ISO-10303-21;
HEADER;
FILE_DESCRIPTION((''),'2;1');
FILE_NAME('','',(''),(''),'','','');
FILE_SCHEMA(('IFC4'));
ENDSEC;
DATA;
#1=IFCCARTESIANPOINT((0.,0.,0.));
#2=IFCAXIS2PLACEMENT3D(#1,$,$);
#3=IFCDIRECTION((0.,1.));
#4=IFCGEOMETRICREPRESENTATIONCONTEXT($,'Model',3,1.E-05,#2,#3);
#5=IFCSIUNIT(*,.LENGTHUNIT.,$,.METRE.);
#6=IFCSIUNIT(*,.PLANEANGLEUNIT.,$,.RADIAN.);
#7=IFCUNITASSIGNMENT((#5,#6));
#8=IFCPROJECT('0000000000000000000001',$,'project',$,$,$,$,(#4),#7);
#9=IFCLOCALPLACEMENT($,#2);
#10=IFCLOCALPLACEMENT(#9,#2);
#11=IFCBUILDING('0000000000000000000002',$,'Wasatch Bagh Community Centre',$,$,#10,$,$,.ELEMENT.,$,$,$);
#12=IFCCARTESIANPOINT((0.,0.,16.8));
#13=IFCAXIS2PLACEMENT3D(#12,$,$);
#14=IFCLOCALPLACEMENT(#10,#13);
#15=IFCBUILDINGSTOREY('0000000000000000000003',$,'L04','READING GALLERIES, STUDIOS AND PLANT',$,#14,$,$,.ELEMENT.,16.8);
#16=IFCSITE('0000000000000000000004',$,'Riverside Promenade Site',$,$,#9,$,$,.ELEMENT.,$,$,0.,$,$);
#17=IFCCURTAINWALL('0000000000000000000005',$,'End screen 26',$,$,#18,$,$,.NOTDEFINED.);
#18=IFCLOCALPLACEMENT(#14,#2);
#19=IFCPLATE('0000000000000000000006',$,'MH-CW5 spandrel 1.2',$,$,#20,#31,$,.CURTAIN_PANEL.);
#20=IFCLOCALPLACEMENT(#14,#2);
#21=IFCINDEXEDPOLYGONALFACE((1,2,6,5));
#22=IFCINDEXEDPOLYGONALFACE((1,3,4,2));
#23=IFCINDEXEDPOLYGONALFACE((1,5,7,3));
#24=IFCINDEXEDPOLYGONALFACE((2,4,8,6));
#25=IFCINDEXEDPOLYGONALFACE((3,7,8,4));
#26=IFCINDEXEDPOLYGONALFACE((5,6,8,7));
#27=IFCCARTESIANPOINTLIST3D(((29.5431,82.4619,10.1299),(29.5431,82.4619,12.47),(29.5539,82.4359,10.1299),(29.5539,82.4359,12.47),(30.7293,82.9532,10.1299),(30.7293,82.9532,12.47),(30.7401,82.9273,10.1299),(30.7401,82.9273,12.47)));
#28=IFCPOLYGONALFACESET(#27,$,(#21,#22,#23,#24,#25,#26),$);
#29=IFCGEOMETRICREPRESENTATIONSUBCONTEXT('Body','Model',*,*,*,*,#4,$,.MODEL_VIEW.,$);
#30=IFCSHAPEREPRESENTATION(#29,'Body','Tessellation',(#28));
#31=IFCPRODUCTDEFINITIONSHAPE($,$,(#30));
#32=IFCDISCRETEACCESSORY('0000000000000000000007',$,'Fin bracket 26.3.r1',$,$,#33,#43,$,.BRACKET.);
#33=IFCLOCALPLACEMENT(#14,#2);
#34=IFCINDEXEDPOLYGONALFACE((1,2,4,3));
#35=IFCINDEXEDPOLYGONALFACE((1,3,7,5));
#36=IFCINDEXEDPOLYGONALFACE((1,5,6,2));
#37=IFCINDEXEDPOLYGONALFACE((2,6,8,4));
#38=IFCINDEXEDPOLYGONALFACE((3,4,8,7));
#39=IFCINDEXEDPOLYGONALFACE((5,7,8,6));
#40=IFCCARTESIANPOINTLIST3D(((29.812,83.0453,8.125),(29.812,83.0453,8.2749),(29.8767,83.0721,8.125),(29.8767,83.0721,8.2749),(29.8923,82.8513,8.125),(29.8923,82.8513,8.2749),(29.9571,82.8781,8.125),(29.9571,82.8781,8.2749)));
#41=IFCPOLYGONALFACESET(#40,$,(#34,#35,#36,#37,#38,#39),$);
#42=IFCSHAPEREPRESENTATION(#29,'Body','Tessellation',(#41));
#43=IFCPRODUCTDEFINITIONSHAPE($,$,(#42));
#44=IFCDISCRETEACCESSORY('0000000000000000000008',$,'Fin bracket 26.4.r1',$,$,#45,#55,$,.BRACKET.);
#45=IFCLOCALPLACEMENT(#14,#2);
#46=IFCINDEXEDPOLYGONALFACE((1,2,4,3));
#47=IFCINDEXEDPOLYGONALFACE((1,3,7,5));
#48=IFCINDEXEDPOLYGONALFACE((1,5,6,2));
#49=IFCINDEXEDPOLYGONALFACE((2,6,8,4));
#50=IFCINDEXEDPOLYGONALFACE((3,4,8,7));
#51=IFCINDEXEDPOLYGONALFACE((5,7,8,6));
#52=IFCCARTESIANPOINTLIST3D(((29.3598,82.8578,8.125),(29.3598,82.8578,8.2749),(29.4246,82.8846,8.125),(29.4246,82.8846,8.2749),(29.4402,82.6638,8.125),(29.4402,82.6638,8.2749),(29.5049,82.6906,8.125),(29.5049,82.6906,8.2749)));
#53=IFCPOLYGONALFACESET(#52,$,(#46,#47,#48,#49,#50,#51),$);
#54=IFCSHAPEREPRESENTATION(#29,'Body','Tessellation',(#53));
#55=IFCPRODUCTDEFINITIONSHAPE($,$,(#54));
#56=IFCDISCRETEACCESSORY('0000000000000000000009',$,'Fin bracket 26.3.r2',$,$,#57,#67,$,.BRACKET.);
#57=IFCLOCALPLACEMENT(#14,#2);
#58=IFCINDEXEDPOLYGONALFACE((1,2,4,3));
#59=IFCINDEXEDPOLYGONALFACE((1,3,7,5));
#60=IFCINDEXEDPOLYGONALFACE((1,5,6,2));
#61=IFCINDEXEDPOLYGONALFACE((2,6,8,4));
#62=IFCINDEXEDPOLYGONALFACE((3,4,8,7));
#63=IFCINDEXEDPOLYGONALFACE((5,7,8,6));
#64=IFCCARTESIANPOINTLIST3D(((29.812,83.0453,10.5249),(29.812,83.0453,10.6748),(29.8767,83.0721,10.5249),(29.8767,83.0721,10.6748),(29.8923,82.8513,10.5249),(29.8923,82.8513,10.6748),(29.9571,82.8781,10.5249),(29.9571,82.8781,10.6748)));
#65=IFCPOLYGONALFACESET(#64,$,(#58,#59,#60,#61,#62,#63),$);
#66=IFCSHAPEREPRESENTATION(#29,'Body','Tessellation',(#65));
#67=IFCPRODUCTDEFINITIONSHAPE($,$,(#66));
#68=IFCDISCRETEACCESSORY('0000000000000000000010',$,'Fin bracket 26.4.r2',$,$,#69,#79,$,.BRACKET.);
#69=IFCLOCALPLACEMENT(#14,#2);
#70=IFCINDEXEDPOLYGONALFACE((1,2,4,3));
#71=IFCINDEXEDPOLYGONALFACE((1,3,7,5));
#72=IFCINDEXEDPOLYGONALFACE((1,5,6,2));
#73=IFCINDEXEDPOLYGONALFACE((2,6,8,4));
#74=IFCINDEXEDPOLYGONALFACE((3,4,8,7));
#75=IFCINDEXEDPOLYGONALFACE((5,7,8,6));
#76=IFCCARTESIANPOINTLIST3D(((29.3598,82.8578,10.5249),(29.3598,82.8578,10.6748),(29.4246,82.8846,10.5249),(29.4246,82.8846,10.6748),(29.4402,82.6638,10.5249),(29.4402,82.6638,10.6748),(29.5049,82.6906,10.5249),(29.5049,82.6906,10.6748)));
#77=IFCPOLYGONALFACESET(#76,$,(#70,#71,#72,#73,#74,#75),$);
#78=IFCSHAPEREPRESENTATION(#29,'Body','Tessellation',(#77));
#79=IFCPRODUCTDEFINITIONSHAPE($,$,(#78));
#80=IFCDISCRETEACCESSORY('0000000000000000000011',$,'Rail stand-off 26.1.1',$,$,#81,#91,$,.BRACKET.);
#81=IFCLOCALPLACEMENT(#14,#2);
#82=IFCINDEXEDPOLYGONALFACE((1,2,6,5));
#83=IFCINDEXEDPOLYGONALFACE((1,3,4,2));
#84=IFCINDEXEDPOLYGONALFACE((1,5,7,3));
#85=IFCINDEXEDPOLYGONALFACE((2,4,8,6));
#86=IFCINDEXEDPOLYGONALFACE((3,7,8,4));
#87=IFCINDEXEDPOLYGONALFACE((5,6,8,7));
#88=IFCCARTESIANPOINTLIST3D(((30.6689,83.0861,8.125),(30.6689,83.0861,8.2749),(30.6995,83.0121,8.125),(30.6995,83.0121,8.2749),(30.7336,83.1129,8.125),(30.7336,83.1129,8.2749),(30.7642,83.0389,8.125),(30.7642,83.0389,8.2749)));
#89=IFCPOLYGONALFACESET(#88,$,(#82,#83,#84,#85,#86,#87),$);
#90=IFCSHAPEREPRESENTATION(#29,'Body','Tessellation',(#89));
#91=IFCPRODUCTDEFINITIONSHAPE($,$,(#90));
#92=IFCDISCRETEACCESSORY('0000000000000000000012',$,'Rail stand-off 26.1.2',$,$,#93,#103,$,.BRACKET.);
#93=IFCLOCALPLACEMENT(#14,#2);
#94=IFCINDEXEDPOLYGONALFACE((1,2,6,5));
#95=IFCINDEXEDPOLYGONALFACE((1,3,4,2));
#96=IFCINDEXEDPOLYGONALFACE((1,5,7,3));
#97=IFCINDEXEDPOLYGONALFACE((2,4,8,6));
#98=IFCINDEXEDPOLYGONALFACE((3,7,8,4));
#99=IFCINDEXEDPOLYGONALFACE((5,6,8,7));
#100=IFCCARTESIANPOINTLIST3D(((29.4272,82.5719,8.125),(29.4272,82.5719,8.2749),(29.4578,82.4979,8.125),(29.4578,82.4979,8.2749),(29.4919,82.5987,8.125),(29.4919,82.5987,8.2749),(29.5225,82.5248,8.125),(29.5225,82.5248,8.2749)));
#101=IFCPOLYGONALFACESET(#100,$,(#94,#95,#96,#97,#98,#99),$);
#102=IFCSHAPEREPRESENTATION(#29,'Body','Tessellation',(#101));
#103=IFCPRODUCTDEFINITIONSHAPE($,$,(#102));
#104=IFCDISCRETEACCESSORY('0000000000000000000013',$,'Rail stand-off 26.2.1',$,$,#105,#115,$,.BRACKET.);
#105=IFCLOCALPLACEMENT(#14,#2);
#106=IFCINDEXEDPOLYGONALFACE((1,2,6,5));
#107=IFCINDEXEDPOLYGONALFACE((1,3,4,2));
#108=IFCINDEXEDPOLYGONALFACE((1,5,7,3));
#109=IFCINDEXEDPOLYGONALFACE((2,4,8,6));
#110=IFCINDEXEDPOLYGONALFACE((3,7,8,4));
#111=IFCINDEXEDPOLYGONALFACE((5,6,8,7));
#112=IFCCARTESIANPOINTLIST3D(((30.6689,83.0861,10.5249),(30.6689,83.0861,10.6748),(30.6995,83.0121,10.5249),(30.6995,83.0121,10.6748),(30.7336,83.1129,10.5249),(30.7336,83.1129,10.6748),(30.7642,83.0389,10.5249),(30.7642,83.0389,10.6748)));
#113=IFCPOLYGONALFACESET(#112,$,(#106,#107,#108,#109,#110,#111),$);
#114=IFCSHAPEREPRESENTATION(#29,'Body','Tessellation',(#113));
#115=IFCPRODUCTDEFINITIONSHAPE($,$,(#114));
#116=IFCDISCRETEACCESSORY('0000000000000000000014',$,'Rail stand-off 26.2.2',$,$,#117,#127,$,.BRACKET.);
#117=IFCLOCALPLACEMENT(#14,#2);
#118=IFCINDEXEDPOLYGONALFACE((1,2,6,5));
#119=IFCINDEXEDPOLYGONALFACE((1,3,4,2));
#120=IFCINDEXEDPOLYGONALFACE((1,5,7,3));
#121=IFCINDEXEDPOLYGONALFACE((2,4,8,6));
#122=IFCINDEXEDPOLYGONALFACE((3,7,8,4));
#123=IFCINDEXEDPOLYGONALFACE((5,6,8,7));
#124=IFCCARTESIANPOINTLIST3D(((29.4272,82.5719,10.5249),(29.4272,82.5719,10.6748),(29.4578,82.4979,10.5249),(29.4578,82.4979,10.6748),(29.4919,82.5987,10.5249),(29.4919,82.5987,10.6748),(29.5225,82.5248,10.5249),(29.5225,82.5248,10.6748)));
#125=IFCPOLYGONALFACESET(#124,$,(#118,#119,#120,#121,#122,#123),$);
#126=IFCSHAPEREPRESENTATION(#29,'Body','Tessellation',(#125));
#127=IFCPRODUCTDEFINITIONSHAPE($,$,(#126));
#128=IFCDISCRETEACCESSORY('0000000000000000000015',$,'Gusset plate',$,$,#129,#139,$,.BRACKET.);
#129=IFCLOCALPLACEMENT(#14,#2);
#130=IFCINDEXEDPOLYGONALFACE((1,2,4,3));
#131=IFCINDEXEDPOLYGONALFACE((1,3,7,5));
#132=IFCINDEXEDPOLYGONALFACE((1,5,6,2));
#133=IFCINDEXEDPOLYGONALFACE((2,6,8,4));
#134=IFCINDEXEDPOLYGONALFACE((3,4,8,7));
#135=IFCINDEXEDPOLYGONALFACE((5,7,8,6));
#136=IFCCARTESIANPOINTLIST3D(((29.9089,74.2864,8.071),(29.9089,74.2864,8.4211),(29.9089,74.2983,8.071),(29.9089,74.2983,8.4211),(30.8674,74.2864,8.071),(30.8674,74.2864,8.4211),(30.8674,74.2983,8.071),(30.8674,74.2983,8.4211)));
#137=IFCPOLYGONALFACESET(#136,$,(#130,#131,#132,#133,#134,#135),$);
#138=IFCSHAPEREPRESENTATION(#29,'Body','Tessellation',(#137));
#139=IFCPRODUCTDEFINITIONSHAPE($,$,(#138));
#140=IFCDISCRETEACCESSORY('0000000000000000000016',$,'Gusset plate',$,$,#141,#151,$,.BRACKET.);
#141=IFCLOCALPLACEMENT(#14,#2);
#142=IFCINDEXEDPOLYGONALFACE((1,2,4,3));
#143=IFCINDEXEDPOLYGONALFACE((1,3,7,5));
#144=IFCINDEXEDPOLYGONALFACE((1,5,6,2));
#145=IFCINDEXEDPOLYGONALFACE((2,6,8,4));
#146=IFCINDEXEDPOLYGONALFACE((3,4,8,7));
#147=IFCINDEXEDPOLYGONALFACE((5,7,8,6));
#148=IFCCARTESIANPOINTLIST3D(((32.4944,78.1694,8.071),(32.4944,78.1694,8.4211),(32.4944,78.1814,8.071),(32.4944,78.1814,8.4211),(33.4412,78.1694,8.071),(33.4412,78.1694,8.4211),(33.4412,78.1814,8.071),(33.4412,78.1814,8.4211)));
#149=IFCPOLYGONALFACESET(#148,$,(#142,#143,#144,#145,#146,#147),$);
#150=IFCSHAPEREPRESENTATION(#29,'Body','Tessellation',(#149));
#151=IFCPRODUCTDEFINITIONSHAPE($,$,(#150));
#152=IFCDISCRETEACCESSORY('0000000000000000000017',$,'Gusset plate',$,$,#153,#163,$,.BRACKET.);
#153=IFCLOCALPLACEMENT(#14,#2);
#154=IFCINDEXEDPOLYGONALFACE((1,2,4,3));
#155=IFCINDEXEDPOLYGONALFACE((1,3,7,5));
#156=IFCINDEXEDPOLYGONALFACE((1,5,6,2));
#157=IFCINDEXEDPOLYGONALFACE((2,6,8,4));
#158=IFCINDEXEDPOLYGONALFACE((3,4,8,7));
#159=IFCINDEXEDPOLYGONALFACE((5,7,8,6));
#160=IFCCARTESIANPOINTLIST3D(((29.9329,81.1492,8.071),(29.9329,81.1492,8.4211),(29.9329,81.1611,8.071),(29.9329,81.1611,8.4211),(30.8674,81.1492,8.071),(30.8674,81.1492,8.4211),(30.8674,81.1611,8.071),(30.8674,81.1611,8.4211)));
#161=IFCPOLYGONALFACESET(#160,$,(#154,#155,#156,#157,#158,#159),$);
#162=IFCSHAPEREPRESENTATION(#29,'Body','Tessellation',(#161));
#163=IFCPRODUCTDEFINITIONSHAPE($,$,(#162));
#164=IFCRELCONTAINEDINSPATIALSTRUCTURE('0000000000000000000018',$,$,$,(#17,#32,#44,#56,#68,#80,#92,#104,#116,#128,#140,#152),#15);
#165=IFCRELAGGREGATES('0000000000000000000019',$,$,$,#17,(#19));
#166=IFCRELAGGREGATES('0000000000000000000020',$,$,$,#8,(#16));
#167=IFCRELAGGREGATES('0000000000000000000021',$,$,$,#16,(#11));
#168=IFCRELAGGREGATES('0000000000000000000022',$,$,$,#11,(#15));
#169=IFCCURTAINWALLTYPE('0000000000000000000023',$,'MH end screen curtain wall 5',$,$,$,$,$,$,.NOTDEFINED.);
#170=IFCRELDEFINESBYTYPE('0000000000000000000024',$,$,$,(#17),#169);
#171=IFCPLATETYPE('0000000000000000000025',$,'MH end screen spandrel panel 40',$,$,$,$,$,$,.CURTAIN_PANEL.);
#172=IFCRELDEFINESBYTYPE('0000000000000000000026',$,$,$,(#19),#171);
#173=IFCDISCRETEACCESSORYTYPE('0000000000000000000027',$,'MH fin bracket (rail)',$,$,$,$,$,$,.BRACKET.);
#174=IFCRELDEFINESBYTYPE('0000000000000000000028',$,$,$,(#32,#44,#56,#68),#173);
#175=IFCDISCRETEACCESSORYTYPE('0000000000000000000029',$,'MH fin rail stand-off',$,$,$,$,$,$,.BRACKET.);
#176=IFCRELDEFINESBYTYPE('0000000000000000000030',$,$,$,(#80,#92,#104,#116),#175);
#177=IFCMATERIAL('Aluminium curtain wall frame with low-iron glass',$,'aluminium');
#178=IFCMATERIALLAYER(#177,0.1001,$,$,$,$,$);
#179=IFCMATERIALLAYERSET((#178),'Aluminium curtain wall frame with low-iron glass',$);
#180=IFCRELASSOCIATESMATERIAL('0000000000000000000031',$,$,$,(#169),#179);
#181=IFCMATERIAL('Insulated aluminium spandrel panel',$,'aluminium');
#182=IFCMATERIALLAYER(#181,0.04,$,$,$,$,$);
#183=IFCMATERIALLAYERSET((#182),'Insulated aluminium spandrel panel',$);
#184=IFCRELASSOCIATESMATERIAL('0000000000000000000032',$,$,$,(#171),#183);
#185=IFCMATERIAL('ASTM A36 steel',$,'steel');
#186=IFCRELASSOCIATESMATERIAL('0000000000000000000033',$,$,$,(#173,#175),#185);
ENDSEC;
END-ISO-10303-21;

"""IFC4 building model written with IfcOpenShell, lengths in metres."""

from ifc_helpers import new_model, si_unit, direction, frame, origin, origin_2d, place, context, subcontext, project, spatial, polyline, rectangle, outline, extrude, material, layer, layer_set, type_object, element, aggregate, save


model = new_model("IFC4")

# Units and contexts
model_context = context("Model", 3, precision=1e-05, world=origin(), true_north=direction((0.0, 1.0)))
body_context = subcontext(model_context, "Body", "Model", "MODEL_VIEW")
ifc_project = project(units=[si_unit("LENGTHUNIT", "METRE"), si_unit("PLANEANGLEUNIT", "RADIAN")], contexts=[model_context])

# Site, building, storey
site_placement = place(None, origin())
site = spatial("IfcSite", under=ifc_project, at=site_placement, Name="Riverside Promenade Site", CompositionType="ELEMENT", RefElevation=0.0)
building_placement = place(site_placement, origin())
building = spatial("IfcBuilding", under=site, at=building_placement, Name="Wasatch Bagh Community Centre", CompositionType="ELEMENT")
storey_placement = place(building_placement, frame((0.0, 0.0, 16.8)))
storey = spatial("IfcBuildingStorey", under=building, at=storey_placement, Name="L04", Description="READING GALLERIES, STUDIOS AND PLANT", CompositionType="ELEMENT", Elevation=16.8)

# Curtain wall
ifc_material_1 = material(Name="Aluminium curtain wall frame with low-iron glass", Category="aluminium")
ifc_layer_1 = layer(ifc_material_1, 0.1001)
ifc_layer_set_1 = layer_set([ifc_layer_1], Name="Aluminium curtain wall frame with low-iron glass")
curtain_wall_type = type_object("IfcCurtainWallType", Name="MH end screen curtain wall 5", PredefinedType="NOTDEFINED", material=ifc_layer_set_1)
curtain_wall_placement = place(storey_placement, origin())
curtain_wall = element("IfcCurtainWall", 1, at=curtain_wall_placement, inside=storey, type_object=curtain_wall_type, Name="End screen 26", PredefinedType="NOTDEFINED")

# Plate
ifc_material_2 = material(Name="Insulated aluminium spandrel panel", Category="aluminium")
ifc_layer_2 = layer(ifc_material_2, 0.04)
ifc_layer_set_2 = layer_set([ifc_layer_2], Name="Insulated aluminium spandrel panel")
plate_type = type_object("IfcPlateType", Name="MH end screen spandrel panel 40", PredefinedType="CURTAIN_PANEL", material=ifc_layer_set_2)
plate_placement = place(storey_placement, frame((30.1416, 82.6946, 10.1299), z_axis=(0.0, 0.0, 1.0), x_axis=(-0.92388, -0.382683, 0.0)))
plate = element("IfcPlate", 2, at=plate_placement, type_object=plate_type, Name="MH-CW5 spandrel 1.2", PredefinedType="CURTAIN_PANEL", context=body_context, shape_type="SweptSolid", body=[
    extrude(rectangle(XDim=1.2839, YDim=0.0281, at=origin_2d()), origin(), (0.0, 0.0, 1.0), 2.3401),
])
aggregate(curtain_wall, [plate])

# Discrete accessories
ifc_material_3 = material(Name="ASTM A36 steel", Category="steel")
discrete_accessory_type_1 = type_object("IfcDiscreteAccessoryType", Name="MH fin bracket (rail)", PredefinedType="BRACKET", material=ifc_material_3)
for number, where, z_axis, x_axis, name in (
    (3, (29.8845, 82.9617, 8.125), (0.0, 0.0, 1.0), (-0.92388, -0.382683, 0.0), "Fin bracket 26.3.r1"),
    (4, (29.4324, 82.7742, 8.125), (0.0, 0.0, 1.0), (-0.92388, -0.382683, 0.0), "Fin bracket 26.4.r1"),
    (5, (29.8845, 82.9617, 10.5249), (0.0, 0.0, 1.0), (-0.92388, -0.382683, 0.0), "Fin bracket 26.3.r2"),
    (6, (29.4324, 82.7742, 10.5249), (0.0, 0.0, 1.0), (-0.92388, -0.382683, 0.0), "Fin bracket 26.4.r2"),
):
    element("IfcDiscreteAccessory", number, at=place(storey_placement, frame(where, z_axis=z_axis, x_axis=x_axis)), inside=storey, type_object=discrete_accessory_type_1, Name=name, PredefinedType="BRACKET", context=body_context, shape_type="SweptSolid", body=[
        extrude(rectangle(XDim=0.0701, YDim=0.21, at=origin_2d()), origin(), (0.0, 0.0, 1.0), 0.1499),
    ])
discrete_accessory_type_2 = type_object("IfcDiscreteAccessoryType", Name="MH fin rail stand-off", PredefinedType="BRACKET", material=ifc_material_3)
for number, where, z_axis, x_axis, name in (
    (7, (30.7166, 83.0625, 8.125), (0.0, 0.0, 1.0), (-0.92388, -0.382683, 0.0), "Rail stand-off 26.1.1"),
    (8, (29.4749, 82.5483, 8.125), (0.0, 0.0, 1.0), (-0.92388, -0.382683, 0.0), "Rail stand-off 26.1.2"),
    (9, (30.7166, 83.0625, 10.5249), (0.0, 0.0, 1.0), (-0.92388, -0.382683, 0.0), "Rail stand-off 26.2.1"),
    (10, (29.4749, 82.5483, 10.5249), (0.0, 0.0, 1.0), (-0.92388, -0.382683, 0.0), "Rail stand-off 26.2.2"),
):
    element("IfcDiscreteAccessory", number, at=place(storey_placement, frame(where, z_axis=z_axis, x_axis=x_axis)), inside=storey, type_object=discrete_accessory_type_2, Name=name, PredefinedType="BRACKET", context=body_context, shape_type="SweptSolid", body=[
        extrude(rectangle(XDim=0.0701, YDim=0.0801, at=origin_2d()), origin(), (0.0, 0.0, 1.0), 0.1499),
    ])
discrete_accessory_1_placement = place(storey_placement, frame((29.9089, 74.2864, 8.071), z_axis=(0.0, -1.0, 0.0), x_axis=(1.0, 0.0, 0.0)))
element("IfcDiscreteAccessory", 11, at=discrete_accessory_1_placement, inside=storey, Name="Gusset plate", PredefinedType="BRACKET", context=body_context, shape_type="SweptSolid", body=[
    extrude(outline(polyline([(0.0, 0.0), (0.9585, 0.0), (0.9585, 0.3501), (0.0, 0.3501), (0.0, 0.0)])), origin(), (0.0, 0.0, -1.0), 0.012),
])
discrete_accessory_2_placement = place(storey_placement, frame((32.4944, 78.1694, 8.071), z_axis=(0.0, -1.0, 0.0), x_axis=(1.0, 0.0, 0.0)))
element("IfcDiscreteAccessory", 12, at=discrete_accessory_2_placement, inside=storey, Name="Gusset plate", PredefinedType="BRACKET", context=body_context, shape_type="SweptSolid", body=[
    extrude(outline(polyline([(0.0, 0.0), (0.9468, 0.0), (0.9468, 0.3501), (0.0, 0.3501), (0.0, 0.0)])), origin(), (0.0, 0.0, -1.0), 0.012),
])
discrete_accessory_3_placement = place(storey_placement, frame((29.9329, 81.1492, 8.071), z_axis=(0.0, -1.0, 0.0), x_axis=(1.0, 0.0, 0.0)))
element("IfcDiscreteAccessory", 13, at=discrete_accessory_3_placement, inside=storey, Name="Gusset plate", PredefinedType="BRACKET", context=body_context, shape_type="SweptSolid", body=[
    extrude(outline(polyline([(0.0, 0.0), (0.9346, 0.0), (0.9346, 0.3501), (0.0, 0.3501), (0.0, 0.0)])), origin(), (0.0, 0.0, -1.0), 0.012),
])

save(model, "model.ifc")
